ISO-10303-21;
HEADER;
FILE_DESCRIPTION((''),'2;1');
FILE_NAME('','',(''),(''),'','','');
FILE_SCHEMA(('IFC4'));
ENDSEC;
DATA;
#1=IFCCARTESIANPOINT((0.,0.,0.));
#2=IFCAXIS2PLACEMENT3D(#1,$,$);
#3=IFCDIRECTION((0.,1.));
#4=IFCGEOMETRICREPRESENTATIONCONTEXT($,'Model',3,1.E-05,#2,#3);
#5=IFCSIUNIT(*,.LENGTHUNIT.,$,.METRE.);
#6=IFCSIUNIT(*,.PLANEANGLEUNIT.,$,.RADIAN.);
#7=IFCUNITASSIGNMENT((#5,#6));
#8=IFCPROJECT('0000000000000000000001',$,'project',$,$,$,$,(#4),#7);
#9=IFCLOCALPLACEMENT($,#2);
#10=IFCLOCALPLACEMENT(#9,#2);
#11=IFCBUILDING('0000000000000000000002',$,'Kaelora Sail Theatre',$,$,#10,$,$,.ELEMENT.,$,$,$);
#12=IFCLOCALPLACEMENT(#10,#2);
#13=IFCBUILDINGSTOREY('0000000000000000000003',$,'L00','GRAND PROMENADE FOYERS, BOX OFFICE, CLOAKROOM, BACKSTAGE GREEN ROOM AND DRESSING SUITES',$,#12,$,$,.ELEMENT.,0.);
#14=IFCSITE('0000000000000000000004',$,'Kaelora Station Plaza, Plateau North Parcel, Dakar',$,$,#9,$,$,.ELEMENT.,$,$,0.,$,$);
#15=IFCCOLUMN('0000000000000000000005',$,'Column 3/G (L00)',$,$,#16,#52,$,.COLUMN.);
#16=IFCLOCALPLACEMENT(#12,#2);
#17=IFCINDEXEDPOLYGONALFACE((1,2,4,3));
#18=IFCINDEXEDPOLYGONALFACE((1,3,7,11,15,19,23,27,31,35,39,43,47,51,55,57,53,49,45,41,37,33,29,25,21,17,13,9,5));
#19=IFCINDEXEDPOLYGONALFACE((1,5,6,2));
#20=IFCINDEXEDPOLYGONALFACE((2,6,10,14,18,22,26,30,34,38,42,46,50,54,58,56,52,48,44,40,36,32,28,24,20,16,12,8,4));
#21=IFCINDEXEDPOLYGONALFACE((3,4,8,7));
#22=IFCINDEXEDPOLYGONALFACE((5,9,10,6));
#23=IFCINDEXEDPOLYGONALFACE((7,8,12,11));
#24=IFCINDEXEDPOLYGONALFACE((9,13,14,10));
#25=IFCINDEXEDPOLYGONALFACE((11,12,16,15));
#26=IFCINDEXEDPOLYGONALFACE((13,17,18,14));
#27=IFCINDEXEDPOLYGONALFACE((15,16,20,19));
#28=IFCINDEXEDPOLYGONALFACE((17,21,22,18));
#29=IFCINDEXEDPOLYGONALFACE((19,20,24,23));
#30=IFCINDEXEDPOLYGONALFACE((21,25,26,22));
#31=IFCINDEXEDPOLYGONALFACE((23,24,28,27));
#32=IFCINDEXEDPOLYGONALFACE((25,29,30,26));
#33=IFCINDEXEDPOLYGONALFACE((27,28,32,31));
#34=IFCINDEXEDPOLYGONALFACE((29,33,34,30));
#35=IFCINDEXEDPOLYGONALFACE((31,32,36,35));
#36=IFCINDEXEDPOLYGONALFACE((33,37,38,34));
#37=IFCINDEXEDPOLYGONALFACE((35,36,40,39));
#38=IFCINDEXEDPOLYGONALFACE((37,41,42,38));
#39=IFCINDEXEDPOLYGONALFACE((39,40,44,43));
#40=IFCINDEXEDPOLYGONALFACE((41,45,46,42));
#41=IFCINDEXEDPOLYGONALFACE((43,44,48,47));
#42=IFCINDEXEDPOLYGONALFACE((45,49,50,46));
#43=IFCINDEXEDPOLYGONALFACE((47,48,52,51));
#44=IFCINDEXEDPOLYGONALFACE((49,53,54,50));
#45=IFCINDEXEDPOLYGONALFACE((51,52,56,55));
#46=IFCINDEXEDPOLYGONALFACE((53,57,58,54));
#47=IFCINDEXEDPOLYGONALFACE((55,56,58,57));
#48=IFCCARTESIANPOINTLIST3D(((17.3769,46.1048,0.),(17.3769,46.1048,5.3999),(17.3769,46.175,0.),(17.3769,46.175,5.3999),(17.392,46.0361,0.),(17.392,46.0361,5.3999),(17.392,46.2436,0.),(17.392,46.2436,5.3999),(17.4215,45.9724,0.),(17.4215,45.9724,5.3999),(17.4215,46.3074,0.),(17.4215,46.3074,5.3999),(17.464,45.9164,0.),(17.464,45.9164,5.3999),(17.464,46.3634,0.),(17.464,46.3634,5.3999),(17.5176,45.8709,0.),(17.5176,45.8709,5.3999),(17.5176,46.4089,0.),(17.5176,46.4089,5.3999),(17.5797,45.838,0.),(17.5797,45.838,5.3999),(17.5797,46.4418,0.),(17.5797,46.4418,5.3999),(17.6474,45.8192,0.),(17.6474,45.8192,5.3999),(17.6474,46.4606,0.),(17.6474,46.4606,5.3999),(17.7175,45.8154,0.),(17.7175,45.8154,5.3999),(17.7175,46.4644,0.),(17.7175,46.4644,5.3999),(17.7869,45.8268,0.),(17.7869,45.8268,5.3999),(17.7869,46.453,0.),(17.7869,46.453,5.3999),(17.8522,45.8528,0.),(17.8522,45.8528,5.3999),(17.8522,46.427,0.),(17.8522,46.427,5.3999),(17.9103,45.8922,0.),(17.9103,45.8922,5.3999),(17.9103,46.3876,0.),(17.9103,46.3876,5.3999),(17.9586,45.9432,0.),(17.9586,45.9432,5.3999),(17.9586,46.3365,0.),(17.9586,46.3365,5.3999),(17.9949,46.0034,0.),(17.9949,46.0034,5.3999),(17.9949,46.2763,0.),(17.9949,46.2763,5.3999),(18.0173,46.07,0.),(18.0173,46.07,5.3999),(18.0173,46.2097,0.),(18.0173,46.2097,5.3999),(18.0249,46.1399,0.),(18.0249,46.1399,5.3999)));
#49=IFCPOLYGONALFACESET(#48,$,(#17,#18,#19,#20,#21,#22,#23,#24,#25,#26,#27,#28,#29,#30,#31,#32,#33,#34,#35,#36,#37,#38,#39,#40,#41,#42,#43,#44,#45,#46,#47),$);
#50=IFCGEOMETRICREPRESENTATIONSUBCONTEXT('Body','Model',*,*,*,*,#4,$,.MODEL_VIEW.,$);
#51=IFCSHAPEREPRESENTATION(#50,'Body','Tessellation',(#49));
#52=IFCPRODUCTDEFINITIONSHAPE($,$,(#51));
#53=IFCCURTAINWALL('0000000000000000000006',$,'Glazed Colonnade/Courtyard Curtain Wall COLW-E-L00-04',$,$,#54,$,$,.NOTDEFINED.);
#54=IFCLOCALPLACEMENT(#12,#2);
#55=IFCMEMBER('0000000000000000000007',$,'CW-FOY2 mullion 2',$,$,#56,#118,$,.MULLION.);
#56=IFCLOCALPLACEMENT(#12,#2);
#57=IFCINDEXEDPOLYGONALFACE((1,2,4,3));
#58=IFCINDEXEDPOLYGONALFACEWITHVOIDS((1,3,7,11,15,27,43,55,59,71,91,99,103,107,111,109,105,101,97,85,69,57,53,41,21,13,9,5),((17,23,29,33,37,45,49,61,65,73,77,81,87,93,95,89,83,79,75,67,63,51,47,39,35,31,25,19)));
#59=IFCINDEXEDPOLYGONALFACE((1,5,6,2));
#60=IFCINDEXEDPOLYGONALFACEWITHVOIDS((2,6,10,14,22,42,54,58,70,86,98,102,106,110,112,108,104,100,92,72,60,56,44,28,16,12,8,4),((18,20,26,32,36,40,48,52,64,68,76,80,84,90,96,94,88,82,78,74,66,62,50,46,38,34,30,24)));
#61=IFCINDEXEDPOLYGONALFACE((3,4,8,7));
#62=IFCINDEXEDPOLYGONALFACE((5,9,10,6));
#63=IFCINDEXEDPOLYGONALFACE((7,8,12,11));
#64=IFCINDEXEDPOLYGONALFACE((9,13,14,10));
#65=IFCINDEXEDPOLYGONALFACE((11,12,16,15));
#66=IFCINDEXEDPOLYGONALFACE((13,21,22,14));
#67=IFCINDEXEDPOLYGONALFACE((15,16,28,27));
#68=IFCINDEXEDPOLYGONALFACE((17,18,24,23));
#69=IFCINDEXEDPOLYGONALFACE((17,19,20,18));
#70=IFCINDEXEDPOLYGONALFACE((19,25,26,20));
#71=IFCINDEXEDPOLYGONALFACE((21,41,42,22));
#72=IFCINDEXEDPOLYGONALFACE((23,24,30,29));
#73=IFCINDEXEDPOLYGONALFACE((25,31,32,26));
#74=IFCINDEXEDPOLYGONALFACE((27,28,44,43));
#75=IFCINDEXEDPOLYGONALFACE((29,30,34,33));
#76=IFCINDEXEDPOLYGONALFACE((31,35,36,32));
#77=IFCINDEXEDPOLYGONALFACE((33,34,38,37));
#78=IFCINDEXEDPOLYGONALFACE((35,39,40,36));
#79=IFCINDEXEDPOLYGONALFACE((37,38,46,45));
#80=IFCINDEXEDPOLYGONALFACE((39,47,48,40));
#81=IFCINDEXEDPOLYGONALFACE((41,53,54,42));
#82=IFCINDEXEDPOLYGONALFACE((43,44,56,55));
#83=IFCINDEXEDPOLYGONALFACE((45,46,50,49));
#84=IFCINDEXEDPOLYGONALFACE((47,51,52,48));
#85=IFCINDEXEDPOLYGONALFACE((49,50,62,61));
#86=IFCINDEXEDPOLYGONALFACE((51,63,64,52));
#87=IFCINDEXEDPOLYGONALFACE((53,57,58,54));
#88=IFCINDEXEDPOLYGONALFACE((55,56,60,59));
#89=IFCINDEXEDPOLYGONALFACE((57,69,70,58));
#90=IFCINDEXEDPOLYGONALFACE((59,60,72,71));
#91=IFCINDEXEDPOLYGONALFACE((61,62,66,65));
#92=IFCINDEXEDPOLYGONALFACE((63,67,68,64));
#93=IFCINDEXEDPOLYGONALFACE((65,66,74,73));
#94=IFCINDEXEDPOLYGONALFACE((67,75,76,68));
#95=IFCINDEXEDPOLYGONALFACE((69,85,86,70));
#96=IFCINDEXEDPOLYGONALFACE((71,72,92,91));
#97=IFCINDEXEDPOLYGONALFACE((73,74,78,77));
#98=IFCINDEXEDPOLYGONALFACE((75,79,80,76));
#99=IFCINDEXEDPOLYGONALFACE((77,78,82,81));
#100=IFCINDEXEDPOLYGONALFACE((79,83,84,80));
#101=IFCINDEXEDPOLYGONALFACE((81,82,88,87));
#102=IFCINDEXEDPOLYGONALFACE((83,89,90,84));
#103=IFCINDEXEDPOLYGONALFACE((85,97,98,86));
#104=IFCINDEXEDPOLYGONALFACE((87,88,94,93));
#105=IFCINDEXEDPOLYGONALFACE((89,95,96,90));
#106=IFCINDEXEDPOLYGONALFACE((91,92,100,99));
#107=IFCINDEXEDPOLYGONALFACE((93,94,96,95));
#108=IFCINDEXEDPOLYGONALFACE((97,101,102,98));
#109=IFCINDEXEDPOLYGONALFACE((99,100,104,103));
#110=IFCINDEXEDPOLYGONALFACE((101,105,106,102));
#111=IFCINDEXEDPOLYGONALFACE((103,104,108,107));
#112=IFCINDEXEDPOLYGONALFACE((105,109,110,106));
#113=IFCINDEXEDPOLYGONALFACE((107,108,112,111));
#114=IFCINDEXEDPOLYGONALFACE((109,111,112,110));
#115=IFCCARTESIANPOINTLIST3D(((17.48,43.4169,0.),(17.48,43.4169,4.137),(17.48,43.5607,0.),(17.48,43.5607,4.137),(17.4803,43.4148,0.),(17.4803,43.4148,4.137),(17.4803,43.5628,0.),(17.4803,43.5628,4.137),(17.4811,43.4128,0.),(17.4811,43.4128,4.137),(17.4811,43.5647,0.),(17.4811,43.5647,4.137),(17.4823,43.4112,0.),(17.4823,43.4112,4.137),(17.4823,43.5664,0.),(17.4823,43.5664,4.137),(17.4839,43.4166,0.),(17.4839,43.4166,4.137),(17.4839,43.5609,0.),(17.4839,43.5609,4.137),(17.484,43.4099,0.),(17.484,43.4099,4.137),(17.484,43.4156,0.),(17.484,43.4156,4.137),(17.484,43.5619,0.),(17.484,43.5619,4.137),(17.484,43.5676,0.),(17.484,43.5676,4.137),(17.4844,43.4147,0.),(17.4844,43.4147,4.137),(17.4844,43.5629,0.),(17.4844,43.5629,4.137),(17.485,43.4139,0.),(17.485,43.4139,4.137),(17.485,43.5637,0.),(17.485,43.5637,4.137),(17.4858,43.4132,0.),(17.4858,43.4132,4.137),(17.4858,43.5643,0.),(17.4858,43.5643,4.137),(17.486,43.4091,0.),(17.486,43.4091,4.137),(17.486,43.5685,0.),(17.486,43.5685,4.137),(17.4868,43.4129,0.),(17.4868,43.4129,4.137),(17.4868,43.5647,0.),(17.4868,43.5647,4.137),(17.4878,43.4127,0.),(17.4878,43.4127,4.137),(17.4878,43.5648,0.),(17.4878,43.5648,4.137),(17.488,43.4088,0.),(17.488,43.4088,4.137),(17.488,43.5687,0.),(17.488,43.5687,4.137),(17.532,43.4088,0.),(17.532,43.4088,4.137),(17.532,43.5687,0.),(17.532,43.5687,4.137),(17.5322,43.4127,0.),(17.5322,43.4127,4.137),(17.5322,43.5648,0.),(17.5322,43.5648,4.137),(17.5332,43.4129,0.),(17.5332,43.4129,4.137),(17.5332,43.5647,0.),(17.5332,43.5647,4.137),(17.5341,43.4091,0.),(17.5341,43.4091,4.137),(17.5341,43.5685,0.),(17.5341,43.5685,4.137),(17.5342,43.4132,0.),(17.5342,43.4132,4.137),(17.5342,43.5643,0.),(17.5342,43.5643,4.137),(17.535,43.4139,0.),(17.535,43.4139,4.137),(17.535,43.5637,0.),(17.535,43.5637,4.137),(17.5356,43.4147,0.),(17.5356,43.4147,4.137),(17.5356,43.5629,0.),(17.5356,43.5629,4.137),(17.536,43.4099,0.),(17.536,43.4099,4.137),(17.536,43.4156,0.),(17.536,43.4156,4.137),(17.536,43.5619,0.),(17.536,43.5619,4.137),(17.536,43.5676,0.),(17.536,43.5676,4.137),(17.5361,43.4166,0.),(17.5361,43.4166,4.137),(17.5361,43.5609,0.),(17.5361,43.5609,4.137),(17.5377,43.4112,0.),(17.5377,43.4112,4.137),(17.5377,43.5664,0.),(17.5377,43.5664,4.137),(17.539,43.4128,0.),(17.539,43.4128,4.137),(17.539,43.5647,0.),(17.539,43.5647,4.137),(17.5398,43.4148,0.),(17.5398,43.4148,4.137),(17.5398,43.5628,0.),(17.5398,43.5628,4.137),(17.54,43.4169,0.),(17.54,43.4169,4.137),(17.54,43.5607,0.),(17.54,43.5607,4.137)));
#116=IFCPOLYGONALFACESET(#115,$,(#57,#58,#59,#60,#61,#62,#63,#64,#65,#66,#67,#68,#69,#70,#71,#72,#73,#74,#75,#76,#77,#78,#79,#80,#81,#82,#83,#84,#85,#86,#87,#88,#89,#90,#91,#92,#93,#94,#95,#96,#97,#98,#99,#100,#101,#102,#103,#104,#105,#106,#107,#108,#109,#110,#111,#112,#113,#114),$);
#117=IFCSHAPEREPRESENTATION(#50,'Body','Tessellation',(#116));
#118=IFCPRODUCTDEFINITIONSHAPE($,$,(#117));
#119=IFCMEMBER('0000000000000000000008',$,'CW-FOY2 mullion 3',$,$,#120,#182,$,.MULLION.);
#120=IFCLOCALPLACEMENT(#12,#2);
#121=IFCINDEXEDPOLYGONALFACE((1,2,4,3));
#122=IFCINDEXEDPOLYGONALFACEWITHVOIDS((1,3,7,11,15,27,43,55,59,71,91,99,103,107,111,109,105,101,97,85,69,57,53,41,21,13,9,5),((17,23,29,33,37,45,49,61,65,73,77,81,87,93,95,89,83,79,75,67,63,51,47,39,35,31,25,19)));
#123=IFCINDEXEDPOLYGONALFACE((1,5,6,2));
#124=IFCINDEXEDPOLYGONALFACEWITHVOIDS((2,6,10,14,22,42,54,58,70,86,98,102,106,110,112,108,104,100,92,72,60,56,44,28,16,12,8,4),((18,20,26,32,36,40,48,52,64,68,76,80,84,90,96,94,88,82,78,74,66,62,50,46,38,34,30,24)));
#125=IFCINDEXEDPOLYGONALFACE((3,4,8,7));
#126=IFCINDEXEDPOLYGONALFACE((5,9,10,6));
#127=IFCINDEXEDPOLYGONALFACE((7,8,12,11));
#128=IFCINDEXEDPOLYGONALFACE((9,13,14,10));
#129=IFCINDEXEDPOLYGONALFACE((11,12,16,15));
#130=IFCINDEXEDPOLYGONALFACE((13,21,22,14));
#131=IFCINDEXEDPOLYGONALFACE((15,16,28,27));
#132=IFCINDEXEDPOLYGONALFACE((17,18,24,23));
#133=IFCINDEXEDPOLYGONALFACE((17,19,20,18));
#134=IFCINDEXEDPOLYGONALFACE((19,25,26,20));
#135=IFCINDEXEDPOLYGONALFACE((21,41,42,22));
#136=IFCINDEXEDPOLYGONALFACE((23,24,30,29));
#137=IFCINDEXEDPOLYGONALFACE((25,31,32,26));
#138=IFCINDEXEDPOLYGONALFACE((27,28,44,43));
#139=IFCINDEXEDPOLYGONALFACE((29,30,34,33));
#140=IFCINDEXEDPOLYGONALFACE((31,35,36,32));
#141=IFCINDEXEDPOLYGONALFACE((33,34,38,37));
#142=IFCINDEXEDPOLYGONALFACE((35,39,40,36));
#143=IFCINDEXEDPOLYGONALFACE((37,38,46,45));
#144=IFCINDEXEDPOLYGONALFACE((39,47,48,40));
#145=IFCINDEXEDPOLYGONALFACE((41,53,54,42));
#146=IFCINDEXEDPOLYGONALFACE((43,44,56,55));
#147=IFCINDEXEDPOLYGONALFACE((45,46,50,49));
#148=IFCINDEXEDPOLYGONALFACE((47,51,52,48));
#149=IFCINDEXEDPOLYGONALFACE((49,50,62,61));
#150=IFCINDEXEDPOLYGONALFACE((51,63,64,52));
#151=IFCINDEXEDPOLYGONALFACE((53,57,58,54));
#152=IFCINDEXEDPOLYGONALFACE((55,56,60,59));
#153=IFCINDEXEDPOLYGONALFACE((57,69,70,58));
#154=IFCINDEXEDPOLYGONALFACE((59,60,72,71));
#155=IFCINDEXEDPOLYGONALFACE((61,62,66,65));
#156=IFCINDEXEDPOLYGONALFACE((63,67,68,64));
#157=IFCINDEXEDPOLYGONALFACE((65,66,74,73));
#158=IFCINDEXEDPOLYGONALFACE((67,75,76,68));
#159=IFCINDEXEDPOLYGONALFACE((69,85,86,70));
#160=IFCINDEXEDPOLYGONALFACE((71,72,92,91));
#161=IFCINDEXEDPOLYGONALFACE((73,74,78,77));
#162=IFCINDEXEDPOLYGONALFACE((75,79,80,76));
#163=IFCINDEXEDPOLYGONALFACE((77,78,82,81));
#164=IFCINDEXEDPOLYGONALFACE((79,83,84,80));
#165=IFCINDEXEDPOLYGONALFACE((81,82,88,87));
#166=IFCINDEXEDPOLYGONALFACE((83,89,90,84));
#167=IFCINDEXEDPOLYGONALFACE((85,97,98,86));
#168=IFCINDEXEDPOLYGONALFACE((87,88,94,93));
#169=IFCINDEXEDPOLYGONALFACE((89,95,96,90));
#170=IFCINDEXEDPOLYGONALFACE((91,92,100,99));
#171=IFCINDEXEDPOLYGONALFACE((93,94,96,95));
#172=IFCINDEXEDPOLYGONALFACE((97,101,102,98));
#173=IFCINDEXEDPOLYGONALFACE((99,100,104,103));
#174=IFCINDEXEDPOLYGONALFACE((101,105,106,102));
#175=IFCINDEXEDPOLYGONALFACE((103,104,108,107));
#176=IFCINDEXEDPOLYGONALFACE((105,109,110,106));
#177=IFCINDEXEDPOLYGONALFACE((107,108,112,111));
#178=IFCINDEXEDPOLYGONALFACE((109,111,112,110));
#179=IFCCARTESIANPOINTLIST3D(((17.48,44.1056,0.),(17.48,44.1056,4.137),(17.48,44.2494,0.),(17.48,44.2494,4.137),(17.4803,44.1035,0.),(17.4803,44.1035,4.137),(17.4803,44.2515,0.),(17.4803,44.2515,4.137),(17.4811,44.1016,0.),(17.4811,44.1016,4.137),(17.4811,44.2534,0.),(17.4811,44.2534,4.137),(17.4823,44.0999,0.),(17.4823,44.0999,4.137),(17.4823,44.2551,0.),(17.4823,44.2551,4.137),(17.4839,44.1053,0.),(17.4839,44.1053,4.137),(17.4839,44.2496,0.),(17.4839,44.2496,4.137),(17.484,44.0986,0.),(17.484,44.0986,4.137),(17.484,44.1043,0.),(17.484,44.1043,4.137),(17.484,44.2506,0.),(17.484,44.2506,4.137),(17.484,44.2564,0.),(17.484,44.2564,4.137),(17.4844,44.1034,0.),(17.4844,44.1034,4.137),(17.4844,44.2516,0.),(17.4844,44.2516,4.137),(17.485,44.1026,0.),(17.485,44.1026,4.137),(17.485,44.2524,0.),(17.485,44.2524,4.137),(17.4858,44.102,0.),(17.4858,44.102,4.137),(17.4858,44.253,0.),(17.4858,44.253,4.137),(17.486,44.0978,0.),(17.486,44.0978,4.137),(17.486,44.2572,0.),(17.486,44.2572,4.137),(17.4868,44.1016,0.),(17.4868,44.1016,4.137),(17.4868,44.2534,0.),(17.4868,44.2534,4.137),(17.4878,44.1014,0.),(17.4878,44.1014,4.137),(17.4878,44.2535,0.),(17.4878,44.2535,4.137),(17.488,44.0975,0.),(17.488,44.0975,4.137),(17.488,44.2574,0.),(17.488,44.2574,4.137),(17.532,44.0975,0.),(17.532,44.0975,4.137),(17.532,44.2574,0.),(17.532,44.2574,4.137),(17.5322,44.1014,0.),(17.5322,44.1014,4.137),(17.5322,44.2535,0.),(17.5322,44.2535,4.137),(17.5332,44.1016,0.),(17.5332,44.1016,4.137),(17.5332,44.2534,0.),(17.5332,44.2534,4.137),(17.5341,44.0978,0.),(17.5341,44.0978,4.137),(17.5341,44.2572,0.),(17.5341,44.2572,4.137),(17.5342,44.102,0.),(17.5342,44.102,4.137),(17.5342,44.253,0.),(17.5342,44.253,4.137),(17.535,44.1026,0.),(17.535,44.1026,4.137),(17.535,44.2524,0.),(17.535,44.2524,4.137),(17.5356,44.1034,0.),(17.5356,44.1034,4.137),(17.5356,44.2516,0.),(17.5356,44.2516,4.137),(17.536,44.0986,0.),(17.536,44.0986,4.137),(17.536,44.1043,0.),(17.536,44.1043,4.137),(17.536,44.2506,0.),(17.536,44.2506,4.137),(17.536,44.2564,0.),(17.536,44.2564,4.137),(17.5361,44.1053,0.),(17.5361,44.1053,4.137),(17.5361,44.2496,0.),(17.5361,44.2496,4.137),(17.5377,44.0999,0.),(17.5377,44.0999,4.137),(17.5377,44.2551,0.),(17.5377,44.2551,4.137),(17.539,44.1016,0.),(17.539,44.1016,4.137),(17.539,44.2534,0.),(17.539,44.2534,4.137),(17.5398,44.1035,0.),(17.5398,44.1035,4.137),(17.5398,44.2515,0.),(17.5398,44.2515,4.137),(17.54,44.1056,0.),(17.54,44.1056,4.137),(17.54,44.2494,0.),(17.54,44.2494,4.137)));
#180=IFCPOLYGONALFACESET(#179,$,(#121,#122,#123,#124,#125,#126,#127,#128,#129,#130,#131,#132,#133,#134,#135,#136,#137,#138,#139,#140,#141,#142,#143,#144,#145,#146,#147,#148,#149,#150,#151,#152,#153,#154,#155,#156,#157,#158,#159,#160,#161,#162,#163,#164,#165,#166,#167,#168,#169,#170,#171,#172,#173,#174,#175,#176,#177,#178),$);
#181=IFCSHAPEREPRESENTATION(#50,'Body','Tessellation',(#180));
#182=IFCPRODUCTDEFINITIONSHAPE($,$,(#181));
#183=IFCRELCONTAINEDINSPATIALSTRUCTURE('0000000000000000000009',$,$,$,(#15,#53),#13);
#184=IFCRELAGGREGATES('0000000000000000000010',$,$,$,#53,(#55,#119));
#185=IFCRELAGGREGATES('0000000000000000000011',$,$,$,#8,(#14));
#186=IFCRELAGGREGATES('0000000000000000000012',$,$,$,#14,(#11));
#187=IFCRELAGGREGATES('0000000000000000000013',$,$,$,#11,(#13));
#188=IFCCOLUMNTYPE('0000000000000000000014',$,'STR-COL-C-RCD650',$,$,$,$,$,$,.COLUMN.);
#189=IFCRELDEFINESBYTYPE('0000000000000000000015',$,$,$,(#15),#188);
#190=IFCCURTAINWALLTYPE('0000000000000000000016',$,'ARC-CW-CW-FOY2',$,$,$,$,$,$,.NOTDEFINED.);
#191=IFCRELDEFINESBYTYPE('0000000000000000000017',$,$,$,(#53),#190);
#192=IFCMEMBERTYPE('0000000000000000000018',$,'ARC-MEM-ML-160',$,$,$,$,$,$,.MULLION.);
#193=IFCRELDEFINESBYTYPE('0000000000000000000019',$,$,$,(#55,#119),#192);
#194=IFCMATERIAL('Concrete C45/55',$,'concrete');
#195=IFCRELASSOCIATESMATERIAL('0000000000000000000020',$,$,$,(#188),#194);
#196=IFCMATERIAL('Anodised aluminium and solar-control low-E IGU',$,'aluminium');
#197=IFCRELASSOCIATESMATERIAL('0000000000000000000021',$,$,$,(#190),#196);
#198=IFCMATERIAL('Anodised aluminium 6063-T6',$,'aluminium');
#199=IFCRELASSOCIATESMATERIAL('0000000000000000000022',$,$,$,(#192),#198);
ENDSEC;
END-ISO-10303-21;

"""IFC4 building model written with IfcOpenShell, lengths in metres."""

from ifc_helpers import new_model, si_unit, direction, frame, origin, origin_2d, place, context, subcontext, project, spatial, hollow_rectangle, circle, extrude, material, material_profile, profile_set, type_object, element, aggregate, save


model = new_model("IFC4")

# Units and contexts
model_context = context("Model", 3, precision=1e-05, world=origin(), true_north=direction((0.0, 1.0)))
body_context = subcontext(model_context, "Body", "Model", "MODEL_VIEW")
ifc_project = project(units=[si_unit("LENGTHUNIT", "METRE"), si_unit("PLANEANGLEUNIT", "RADIAN")], contexts=[model_context])

# Site, building, storey
site_placement = place(None, origin())
site = spatial("IfcSite", under=ifc_project, at=site_placement, Name="Kaelora Station Plaza, Plateau North Parcel, Dakar", CompositionType="ELEMENT", RefElevation=0.0)
building_placement = place(site_placement, origin())
building = spatial("IfcBuilding", under=site, at=building_placement, Name="Kaelora Sail Theatre", CompositionType="ELEMENT")
storey_placement = place(building_placement, origin())
storey = spatial("IfcBuildingStorey", under=building, at=storey_placement, Name="L00", Description="GRAND PROMENADE FOYERS, BOX OFFICE, CLOAKROOM, BACKSTAGE GREEN ROOM AND DRESSING SUITES", CompositionType="ELEMENT", Elevation=0.0)

# Column
ifc_material_1 = material(Name="Concrete C45/55", Category="concrete")
ifc_material_profile_1 = material_profile(ifc_material_1, circle(Radius=0.325, at=origin_2d()), Name="RC-CCOL D650")
ifc_profile_set_1 = profile_set([ifc_material_profile_1], Name="Concrete C45/55")
column_type = type_object("IfcColumnType", Name="STR-COL-C-RCD650", PredefinedType="COLUMN", material=ifc_profile_set_1)
column_placement = place(storey_placement, frame((17.7, 46.1399, 0.0), z_axis=(0.0, 0.0, 1.0), x_axis=(1.0, 0.0, 0.0)))
element("IfcColumn", 1, at=column_placement, inside=storey, type_object=column_type, Name="Column 3/G (L00)", PredefinedType="COLUMN", context=body_context, shape_type="SweptSolid", body=[
    extrude(circle(Radius=0.325, at=origin_2d()), origin(), (0.0, 0.0, 1.0), 5.3999),
])

# Curtain wall, members
ifc_material_2 = material(Name="Anodised aluminium and solar-control low-E IGU", Category="aluminium")
curtain_wall_type = type_object("IfcCurtainWallType", Name="ARC-CW-CW-FOY2", PredefinedType="NOTDEFINED", material=ifc_material_2)
curtain_wall_1_placement = place(storey_placement, origin())
curtain_wall_1 = element("IfcCurtainWall", 2, at=curtain_wall_1_placement, inside=storey, type_object=curtain_wall_type, Name="Glazed Colonnade/Courtyard Curtain Wall COLW-E-L00-04", PredefinedType="NOTDEFINED")
ifc_material_3 = material(Name="Anodised aluminium 6063-T6", Category="aluminium")
ifc_material_profile_2 = material_profile(ifc_material_3, hollow_rectangle(XDim=0.0601, YDim=0.1599, WallThickness=0.0039, InnerFilletRadius=0.0039, OuterFilletRadius=0.0081, at=origin_2d()), Name="ALU-MULL 60x160x4")
ifc_profile_set_2 = profile_set([ifc_material_profile_2], Name="Anodised aluminium 6063-T6")
member_type_1 = type_object("IfcMemberType", Name="ARC-MEM-ML-160", PredefinedType="MULLION", material=ifc_profile_set_2)
member_1_placement = place(storey_placement, frame((17.51, 43.4888, 0.0), z_axis=(0.0, 0.0, 1.0), x_axis=(-1.0, 0.0, 0.0)))
member_1 = element("IfcMember", 3, at=member_1_placement, type_object=member_type_1, Name="CW-FOY2 mullion 2", PredefinedType="MULLION", context=body_context, shape_type="SweptSolid", body=[
    extrude(hollow_rectangle(XDim=0.0601, YDim=0.1599, WallThickness=0.0039, InnerFilletRadius=0.0039, OuterFilletRadius=0.0081, at=origin_2d()), origin(), (0.0, 0.0, 1.0), 4.137),
])
member_2_placement = place(storey_placement, frame((17.51, 44.1775, 0.0), z_axis=(0.0, 0.0, 1.0), x_axis=(-1.0, 0.0, 0.0)))
member_2 = element("IfcMember", 4, at=member_2_placement, type_object=member_type_1, Name="CW-FOY2 mullion 3", PredefinedType="MULLION", context=body_context, shape_type="SweptSolid", body=[
    extrude(hollow_rectangle(XDim=0.0601, YDim=0.1599, WallThickness=0.0039, InnerFilletRadius=0.0039, OuterFilletRadius=0.0081, at=origin_2d()), origin(), (0.0, 0.0, 1.0), 4.137),
])

aggregate(curtain_wall_1, [member_1, member_2])

save(model, "model.ifc")
